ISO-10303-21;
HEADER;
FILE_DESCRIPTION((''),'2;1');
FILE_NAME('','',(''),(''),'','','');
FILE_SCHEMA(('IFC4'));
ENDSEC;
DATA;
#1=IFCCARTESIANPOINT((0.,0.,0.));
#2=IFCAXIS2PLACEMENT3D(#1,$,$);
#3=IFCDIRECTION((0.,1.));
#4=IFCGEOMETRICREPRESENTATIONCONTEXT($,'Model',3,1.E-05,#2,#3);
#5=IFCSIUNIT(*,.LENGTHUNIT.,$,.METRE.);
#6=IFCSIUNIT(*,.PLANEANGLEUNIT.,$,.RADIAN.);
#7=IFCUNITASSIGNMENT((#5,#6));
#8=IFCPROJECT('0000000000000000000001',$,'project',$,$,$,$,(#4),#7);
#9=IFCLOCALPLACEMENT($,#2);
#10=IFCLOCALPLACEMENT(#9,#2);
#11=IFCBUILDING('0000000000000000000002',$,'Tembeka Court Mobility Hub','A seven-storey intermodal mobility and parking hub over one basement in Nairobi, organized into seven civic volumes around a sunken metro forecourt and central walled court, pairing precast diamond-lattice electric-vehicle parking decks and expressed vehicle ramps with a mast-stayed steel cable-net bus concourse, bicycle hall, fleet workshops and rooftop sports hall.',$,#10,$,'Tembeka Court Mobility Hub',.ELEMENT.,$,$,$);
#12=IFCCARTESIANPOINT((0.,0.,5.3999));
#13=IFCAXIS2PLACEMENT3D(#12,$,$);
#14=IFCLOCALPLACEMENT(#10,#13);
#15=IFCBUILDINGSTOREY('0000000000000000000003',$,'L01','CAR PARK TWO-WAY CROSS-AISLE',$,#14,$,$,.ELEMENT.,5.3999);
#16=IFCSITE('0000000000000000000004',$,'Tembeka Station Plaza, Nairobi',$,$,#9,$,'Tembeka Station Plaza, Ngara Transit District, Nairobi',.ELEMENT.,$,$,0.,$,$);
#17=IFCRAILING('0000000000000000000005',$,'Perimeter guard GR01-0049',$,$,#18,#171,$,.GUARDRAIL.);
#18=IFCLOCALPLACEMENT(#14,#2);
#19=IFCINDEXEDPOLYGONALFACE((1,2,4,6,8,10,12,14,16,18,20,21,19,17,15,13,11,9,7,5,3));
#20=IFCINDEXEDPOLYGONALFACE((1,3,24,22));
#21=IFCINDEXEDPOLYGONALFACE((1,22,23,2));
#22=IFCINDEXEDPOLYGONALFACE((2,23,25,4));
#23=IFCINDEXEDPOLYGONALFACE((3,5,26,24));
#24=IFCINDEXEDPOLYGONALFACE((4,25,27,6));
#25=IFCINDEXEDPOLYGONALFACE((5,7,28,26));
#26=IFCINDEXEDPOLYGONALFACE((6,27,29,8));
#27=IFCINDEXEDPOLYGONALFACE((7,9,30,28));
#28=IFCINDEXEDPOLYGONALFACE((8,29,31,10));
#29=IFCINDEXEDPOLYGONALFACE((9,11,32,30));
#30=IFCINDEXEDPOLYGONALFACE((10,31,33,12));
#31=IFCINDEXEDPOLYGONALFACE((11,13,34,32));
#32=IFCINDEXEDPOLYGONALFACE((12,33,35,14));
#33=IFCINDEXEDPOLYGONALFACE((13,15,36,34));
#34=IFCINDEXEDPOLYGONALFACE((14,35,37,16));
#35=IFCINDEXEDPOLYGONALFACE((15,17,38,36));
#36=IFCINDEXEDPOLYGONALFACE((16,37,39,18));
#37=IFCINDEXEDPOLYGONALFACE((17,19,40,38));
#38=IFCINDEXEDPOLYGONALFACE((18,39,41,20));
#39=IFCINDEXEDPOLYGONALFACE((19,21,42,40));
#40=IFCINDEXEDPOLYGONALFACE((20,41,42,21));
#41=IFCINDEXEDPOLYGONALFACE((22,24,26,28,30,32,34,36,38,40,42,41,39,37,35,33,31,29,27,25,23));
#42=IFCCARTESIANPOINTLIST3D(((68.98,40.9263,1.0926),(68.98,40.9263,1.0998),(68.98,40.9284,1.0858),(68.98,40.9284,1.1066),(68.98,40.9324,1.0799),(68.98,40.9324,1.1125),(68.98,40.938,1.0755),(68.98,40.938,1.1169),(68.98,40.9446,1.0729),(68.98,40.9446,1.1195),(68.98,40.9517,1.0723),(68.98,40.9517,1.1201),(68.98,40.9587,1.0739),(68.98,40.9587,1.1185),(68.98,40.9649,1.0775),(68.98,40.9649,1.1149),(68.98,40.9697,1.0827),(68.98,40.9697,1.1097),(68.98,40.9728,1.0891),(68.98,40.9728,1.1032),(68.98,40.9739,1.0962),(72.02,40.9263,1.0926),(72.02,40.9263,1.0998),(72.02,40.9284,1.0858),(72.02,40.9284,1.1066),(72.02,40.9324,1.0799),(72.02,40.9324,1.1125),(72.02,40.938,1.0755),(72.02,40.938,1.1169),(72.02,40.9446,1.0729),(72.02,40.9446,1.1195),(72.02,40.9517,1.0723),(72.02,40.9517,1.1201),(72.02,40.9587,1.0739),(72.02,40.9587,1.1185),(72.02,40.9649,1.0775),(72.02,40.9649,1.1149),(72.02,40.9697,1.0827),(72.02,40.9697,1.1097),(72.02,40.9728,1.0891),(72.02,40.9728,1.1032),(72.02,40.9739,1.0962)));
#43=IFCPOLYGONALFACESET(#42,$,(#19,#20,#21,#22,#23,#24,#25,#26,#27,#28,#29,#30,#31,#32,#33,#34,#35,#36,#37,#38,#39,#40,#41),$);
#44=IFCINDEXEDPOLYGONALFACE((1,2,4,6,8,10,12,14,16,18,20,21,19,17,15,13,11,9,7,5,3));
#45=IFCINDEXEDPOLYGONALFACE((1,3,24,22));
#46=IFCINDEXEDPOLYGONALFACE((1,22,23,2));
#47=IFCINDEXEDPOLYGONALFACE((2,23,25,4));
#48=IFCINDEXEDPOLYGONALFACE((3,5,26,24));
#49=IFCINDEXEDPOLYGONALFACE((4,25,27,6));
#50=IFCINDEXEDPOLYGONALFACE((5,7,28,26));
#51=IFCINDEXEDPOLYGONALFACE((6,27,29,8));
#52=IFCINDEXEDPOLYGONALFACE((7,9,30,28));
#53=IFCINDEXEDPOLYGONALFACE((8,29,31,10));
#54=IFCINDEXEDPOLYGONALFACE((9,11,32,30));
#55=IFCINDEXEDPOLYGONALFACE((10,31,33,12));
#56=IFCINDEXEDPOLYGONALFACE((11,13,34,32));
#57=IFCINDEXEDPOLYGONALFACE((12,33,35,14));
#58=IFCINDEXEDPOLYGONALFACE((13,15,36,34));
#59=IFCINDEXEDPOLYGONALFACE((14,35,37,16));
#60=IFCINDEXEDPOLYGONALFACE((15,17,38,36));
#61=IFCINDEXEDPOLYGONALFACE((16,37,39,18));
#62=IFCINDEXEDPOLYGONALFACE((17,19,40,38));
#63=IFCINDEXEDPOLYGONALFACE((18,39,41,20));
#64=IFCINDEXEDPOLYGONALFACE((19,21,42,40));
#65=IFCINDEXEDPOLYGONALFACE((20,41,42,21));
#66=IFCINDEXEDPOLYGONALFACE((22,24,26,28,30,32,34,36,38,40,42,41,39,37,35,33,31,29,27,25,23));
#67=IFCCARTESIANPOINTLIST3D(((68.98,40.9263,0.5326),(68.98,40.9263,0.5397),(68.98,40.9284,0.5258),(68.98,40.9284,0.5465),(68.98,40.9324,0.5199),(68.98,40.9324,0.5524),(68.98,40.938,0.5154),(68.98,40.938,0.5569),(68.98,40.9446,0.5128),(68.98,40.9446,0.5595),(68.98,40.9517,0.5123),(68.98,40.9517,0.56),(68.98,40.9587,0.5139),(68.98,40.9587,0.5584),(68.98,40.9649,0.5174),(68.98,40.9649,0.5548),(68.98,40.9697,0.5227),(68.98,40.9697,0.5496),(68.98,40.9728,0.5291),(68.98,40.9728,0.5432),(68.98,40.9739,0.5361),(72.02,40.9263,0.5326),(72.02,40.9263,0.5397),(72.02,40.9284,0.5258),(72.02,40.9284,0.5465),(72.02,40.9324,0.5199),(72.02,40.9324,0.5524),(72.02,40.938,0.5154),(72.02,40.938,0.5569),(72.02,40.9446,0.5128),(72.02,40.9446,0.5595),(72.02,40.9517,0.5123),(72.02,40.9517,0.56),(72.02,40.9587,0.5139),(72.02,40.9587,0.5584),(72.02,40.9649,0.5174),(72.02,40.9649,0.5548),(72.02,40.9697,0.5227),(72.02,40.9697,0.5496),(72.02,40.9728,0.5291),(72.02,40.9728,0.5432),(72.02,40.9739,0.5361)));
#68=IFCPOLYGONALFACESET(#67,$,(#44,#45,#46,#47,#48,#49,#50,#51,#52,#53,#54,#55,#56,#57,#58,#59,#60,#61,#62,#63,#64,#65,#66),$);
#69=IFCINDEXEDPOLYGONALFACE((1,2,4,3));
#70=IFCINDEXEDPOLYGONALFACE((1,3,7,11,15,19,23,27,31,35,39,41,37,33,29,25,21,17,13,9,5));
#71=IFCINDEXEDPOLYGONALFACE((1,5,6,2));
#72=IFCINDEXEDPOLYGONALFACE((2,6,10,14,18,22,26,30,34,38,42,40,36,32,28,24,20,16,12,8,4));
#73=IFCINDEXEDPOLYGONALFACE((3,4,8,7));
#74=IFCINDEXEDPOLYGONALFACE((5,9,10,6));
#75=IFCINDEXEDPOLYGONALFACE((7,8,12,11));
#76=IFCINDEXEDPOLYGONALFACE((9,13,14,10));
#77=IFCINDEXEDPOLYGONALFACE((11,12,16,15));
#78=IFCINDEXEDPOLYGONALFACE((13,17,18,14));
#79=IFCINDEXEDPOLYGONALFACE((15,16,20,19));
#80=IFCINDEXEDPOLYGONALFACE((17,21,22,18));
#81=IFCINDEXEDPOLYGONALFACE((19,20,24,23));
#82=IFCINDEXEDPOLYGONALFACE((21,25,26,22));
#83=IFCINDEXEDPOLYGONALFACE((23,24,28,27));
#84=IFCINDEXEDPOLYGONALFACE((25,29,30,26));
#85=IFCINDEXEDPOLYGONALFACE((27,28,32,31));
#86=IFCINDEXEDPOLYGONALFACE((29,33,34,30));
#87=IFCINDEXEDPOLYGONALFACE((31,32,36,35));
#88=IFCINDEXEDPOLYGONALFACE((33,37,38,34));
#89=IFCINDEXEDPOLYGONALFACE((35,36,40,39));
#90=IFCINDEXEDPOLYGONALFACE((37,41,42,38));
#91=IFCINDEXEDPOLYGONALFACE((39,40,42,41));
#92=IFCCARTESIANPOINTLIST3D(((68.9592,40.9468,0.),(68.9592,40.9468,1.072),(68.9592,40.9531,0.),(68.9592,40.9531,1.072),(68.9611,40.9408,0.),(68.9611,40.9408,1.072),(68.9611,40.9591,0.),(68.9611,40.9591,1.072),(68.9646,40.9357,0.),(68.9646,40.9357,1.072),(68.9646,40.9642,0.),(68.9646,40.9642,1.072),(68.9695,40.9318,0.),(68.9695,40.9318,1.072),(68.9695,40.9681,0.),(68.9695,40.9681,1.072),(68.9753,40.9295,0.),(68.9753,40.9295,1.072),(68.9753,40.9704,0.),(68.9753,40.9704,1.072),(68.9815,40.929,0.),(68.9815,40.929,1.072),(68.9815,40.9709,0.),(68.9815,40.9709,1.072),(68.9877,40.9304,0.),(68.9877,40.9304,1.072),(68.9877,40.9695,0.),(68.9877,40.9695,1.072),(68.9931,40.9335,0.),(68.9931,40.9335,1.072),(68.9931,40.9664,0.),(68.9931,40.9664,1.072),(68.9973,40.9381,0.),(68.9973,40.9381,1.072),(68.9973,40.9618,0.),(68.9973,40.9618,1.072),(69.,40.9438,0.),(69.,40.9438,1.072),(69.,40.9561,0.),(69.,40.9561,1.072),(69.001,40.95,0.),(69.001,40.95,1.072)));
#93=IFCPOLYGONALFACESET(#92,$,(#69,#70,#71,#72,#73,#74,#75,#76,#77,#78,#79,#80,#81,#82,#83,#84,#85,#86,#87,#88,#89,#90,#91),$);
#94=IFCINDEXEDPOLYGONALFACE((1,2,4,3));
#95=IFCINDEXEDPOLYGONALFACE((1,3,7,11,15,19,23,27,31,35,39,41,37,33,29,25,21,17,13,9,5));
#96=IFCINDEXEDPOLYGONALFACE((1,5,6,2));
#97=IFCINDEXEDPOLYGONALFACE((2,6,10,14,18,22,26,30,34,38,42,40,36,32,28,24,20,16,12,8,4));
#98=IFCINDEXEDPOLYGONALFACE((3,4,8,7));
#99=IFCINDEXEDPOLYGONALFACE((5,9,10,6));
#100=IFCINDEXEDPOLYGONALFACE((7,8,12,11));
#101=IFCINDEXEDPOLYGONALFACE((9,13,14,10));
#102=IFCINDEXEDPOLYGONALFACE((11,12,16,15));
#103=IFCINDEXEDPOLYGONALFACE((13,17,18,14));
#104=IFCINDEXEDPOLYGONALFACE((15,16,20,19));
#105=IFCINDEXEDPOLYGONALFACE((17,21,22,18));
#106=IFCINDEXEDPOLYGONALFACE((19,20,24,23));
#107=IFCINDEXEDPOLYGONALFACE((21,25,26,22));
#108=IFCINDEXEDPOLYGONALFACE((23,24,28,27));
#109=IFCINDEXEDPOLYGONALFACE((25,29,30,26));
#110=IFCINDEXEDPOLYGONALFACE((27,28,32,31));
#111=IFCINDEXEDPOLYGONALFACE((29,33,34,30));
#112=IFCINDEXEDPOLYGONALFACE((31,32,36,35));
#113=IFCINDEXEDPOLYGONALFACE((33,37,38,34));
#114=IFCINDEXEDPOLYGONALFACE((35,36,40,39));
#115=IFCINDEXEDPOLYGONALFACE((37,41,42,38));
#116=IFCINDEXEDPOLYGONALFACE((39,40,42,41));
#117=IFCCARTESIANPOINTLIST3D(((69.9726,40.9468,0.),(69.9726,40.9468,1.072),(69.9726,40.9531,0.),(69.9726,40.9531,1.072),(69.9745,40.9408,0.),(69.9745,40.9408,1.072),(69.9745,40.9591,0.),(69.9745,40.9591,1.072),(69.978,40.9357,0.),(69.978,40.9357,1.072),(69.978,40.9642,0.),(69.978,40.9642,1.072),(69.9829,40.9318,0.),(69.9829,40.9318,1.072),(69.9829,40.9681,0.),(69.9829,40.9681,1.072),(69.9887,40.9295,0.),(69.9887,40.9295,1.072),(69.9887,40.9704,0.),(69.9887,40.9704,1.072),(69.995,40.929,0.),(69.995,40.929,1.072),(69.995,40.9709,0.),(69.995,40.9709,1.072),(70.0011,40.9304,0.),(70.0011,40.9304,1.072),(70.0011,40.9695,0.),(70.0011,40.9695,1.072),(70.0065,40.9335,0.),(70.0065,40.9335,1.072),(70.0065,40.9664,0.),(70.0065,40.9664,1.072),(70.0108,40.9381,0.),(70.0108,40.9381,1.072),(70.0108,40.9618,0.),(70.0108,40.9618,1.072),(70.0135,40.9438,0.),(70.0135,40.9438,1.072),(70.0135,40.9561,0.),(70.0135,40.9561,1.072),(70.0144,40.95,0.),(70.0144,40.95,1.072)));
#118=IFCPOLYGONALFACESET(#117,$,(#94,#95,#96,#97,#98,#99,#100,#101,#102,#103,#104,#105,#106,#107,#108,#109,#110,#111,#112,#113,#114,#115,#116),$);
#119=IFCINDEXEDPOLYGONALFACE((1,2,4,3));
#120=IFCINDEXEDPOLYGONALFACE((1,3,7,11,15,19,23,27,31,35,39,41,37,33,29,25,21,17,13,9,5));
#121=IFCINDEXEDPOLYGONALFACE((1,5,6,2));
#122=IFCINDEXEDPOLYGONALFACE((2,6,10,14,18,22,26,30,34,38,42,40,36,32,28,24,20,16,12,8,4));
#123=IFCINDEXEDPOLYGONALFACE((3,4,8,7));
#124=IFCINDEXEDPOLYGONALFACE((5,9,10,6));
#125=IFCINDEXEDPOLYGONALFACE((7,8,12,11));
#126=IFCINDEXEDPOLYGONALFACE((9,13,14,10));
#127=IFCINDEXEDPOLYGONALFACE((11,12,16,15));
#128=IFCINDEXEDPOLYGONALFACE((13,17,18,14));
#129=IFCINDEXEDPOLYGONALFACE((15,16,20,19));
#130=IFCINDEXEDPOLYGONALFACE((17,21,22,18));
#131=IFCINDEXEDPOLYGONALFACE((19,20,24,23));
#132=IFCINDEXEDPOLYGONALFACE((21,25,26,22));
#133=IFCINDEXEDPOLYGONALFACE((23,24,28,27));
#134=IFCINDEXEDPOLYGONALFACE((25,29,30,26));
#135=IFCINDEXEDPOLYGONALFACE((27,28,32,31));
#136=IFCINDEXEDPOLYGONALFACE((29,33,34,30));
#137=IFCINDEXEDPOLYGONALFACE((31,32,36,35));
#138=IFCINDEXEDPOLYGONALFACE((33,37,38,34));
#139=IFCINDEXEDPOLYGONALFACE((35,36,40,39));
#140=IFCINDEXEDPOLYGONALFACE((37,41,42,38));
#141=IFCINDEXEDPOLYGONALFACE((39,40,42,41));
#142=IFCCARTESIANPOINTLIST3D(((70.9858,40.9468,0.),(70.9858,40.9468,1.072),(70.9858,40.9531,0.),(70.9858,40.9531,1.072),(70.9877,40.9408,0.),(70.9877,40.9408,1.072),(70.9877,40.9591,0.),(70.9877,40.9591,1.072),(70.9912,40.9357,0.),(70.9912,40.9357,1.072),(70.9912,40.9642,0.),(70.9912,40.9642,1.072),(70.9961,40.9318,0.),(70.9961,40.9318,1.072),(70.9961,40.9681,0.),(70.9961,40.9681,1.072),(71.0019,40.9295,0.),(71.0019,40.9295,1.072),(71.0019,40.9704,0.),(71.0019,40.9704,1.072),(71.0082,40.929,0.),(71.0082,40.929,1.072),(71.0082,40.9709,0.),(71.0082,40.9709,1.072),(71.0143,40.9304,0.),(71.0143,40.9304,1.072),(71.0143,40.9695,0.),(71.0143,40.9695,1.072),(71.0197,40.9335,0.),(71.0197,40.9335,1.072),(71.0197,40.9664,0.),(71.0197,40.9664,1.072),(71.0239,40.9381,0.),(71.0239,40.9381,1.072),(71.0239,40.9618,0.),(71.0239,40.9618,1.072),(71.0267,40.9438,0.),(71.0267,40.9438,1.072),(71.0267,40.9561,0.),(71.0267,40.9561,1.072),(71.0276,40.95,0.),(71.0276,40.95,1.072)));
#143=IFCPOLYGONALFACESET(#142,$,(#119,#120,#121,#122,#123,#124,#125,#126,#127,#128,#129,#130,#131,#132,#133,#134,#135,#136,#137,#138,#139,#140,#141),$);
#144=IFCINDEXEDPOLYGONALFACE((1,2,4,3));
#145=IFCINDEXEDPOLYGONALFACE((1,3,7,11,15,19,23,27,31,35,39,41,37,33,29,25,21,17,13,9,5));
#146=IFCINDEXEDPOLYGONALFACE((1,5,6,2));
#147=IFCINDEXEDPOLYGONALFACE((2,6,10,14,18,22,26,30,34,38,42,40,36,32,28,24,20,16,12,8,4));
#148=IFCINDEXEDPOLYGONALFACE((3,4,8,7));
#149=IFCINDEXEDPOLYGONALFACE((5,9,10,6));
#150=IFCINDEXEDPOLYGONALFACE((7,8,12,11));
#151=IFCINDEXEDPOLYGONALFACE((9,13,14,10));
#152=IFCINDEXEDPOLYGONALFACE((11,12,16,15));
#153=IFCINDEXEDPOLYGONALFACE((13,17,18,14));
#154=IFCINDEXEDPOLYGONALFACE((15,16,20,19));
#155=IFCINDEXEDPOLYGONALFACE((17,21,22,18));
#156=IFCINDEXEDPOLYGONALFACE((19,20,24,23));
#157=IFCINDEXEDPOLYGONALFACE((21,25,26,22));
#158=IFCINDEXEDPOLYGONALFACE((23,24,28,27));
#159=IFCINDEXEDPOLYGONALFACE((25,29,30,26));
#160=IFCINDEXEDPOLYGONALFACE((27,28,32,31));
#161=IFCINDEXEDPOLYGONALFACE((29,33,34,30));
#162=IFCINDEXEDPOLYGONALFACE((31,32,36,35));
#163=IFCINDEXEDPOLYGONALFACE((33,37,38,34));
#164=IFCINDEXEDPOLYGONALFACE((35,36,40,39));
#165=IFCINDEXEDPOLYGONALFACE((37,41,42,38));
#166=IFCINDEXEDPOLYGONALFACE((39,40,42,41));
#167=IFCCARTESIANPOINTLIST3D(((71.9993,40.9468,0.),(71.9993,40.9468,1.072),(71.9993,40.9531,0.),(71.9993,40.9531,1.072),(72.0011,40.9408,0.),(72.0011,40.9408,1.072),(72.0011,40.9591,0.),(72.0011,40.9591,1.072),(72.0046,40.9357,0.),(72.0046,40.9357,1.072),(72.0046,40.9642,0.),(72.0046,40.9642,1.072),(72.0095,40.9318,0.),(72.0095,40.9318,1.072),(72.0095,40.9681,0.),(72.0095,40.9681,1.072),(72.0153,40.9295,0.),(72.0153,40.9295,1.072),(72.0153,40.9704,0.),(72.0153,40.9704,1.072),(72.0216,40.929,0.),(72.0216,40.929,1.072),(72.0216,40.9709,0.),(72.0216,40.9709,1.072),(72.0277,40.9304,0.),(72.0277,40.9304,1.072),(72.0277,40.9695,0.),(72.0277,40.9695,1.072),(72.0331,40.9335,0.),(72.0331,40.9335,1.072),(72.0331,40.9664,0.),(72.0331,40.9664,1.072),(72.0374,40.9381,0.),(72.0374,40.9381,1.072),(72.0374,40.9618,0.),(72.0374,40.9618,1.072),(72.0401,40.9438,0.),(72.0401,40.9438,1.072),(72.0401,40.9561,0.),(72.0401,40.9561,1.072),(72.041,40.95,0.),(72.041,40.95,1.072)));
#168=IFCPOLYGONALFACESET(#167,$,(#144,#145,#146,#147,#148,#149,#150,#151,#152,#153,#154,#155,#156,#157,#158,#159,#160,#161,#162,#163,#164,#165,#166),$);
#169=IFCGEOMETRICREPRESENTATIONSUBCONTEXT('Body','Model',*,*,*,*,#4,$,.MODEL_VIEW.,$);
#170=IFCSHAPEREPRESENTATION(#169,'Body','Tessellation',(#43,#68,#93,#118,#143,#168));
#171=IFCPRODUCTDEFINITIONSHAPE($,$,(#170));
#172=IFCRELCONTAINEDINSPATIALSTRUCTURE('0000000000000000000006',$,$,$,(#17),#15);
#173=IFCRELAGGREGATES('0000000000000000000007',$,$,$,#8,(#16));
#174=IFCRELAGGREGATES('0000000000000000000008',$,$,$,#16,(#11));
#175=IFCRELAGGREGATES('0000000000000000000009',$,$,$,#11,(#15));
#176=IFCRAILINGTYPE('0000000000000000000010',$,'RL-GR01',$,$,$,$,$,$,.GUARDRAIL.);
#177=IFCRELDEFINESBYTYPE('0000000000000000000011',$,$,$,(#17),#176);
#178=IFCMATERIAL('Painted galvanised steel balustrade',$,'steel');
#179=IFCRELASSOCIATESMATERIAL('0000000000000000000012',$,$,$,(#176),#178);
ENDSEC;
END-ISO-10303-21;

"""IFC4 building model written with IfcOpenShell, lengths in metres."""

from ifc_helpers import new_model, si_unit, direction, frame, origin, origin_2d, place, context, subcontext, project, spatial, circle, extrude, material, type_object, element, save


model = new_model("IFC4")

# Units and contexts
model_context = context("Model", 3, precision=1e-05, world=origin(), true_north=direction((0.0, 1.0)))
body_context = subcontext(model_context, "Body", "Model", "MODEL_VIEW")
ifc_project = project(units=[si_unit("LENGTHUNIT", "METRE"), si_unit("PLANEANGLEUNIT", "RADIAN")], contexts=[model_context])

# Site, building, storey
site_placement = place(None, origin())
site = spatial("IfcSite", under=ifc_project, at=site_placement, Name="Tembeka Station Plaza, Nairobi", LongName="Tembeka Station Plaza, Ngara Transit District, Nairobi", CompositionType="ELEMENT", RefElevation=0.0)
building_placement = place(site_placement, origin())
building = spatial("IfcBuilding", under=site, at=building_placement, Name="Tembeka Court Mobility Hub", Description="A seven-storey intermodal mobility and parking hub over one basement in Nairobi, organized into seven civic volumes around a sunken metro forecourt and central walled court, pairing precast diamond-lattice electric-vehicle parking decks and expressed vehicle ramps with a mast-stayed steel cable-net bus concourse, bicycle hall, fleet workshops and rooftop sports hall.", LongName="Tembeka Court Mobility Hub", CompositionType="ELEMENT")
storey_placement = place(building_placement, frame((0.0, 0.0, 5.3999)))
storey = spatial("IfcBuildingStorey", under=building, at=storey_placement, Name="L01", Description="CAR PARK TWO-WAY CROSS-AISLE", CompositionType="ELEMENT", Elevation=5.3999)

# Railing
ifc_material_1 = material(Name="Painted galvanised steel balustrade", Category="steel")
railing_type = type_object("IfcRailingType", Name="RL-GR01", PredefinedType="GUARDRAIL", material=ifc_material_1)
railing_placement = place(storey_placement, frame((68.98, 40.95, 0.0)))
element("IfcRailing", 1, at=railing_placement, inside=storey, type_object=railing_type, Name="Perimeter guard GR01-0049", PredefinedType="GUARDRAIL", context=body_context, shape_type="SweptSolid", body=[
    extrude(circle(Radius=0.0239, at=origin_2d()), frame((0.0, 0.0, 1.0962), z_axis=(1.0, 0.0, 0.0), x_axis=(0.0, 1.0, 0.0)), (0.0, 0.0, 1.0), 3.04),
    extrude(circle(Radius=0.0239, at=origin_2d()), frame((0.0, 0.0, 0.5361), z_axis=(1.0, 0.0, 0.0), x_axis=(0.0, 1.0, 0.0)), (0.0, 0.0, 1.0), 3.04),
    extrude(circle(Radius=0.021, at=origin_2d()), origin(), (0.0, 0.0, 1.0), 1.072),
    extrude(circle(Radius=0.021, at=origin_2d()), frame((1.0134, 0.0, 0.0)), (0.0, 0.0, 1.0), 1.072),
    extrude(circle(Radius=0.021, at=origin_2d()), frame((2.0266, 0.0, 0.0)), (0.0, 0.0, 1.0), 1.072),
    extrude(circle(Radius=0.021, at=origin_2d()), frame((3.04, 0.0, 0.0)), (0.0, 0.0, 1.0), 1.072),
])

save(model, "model.ifc")
